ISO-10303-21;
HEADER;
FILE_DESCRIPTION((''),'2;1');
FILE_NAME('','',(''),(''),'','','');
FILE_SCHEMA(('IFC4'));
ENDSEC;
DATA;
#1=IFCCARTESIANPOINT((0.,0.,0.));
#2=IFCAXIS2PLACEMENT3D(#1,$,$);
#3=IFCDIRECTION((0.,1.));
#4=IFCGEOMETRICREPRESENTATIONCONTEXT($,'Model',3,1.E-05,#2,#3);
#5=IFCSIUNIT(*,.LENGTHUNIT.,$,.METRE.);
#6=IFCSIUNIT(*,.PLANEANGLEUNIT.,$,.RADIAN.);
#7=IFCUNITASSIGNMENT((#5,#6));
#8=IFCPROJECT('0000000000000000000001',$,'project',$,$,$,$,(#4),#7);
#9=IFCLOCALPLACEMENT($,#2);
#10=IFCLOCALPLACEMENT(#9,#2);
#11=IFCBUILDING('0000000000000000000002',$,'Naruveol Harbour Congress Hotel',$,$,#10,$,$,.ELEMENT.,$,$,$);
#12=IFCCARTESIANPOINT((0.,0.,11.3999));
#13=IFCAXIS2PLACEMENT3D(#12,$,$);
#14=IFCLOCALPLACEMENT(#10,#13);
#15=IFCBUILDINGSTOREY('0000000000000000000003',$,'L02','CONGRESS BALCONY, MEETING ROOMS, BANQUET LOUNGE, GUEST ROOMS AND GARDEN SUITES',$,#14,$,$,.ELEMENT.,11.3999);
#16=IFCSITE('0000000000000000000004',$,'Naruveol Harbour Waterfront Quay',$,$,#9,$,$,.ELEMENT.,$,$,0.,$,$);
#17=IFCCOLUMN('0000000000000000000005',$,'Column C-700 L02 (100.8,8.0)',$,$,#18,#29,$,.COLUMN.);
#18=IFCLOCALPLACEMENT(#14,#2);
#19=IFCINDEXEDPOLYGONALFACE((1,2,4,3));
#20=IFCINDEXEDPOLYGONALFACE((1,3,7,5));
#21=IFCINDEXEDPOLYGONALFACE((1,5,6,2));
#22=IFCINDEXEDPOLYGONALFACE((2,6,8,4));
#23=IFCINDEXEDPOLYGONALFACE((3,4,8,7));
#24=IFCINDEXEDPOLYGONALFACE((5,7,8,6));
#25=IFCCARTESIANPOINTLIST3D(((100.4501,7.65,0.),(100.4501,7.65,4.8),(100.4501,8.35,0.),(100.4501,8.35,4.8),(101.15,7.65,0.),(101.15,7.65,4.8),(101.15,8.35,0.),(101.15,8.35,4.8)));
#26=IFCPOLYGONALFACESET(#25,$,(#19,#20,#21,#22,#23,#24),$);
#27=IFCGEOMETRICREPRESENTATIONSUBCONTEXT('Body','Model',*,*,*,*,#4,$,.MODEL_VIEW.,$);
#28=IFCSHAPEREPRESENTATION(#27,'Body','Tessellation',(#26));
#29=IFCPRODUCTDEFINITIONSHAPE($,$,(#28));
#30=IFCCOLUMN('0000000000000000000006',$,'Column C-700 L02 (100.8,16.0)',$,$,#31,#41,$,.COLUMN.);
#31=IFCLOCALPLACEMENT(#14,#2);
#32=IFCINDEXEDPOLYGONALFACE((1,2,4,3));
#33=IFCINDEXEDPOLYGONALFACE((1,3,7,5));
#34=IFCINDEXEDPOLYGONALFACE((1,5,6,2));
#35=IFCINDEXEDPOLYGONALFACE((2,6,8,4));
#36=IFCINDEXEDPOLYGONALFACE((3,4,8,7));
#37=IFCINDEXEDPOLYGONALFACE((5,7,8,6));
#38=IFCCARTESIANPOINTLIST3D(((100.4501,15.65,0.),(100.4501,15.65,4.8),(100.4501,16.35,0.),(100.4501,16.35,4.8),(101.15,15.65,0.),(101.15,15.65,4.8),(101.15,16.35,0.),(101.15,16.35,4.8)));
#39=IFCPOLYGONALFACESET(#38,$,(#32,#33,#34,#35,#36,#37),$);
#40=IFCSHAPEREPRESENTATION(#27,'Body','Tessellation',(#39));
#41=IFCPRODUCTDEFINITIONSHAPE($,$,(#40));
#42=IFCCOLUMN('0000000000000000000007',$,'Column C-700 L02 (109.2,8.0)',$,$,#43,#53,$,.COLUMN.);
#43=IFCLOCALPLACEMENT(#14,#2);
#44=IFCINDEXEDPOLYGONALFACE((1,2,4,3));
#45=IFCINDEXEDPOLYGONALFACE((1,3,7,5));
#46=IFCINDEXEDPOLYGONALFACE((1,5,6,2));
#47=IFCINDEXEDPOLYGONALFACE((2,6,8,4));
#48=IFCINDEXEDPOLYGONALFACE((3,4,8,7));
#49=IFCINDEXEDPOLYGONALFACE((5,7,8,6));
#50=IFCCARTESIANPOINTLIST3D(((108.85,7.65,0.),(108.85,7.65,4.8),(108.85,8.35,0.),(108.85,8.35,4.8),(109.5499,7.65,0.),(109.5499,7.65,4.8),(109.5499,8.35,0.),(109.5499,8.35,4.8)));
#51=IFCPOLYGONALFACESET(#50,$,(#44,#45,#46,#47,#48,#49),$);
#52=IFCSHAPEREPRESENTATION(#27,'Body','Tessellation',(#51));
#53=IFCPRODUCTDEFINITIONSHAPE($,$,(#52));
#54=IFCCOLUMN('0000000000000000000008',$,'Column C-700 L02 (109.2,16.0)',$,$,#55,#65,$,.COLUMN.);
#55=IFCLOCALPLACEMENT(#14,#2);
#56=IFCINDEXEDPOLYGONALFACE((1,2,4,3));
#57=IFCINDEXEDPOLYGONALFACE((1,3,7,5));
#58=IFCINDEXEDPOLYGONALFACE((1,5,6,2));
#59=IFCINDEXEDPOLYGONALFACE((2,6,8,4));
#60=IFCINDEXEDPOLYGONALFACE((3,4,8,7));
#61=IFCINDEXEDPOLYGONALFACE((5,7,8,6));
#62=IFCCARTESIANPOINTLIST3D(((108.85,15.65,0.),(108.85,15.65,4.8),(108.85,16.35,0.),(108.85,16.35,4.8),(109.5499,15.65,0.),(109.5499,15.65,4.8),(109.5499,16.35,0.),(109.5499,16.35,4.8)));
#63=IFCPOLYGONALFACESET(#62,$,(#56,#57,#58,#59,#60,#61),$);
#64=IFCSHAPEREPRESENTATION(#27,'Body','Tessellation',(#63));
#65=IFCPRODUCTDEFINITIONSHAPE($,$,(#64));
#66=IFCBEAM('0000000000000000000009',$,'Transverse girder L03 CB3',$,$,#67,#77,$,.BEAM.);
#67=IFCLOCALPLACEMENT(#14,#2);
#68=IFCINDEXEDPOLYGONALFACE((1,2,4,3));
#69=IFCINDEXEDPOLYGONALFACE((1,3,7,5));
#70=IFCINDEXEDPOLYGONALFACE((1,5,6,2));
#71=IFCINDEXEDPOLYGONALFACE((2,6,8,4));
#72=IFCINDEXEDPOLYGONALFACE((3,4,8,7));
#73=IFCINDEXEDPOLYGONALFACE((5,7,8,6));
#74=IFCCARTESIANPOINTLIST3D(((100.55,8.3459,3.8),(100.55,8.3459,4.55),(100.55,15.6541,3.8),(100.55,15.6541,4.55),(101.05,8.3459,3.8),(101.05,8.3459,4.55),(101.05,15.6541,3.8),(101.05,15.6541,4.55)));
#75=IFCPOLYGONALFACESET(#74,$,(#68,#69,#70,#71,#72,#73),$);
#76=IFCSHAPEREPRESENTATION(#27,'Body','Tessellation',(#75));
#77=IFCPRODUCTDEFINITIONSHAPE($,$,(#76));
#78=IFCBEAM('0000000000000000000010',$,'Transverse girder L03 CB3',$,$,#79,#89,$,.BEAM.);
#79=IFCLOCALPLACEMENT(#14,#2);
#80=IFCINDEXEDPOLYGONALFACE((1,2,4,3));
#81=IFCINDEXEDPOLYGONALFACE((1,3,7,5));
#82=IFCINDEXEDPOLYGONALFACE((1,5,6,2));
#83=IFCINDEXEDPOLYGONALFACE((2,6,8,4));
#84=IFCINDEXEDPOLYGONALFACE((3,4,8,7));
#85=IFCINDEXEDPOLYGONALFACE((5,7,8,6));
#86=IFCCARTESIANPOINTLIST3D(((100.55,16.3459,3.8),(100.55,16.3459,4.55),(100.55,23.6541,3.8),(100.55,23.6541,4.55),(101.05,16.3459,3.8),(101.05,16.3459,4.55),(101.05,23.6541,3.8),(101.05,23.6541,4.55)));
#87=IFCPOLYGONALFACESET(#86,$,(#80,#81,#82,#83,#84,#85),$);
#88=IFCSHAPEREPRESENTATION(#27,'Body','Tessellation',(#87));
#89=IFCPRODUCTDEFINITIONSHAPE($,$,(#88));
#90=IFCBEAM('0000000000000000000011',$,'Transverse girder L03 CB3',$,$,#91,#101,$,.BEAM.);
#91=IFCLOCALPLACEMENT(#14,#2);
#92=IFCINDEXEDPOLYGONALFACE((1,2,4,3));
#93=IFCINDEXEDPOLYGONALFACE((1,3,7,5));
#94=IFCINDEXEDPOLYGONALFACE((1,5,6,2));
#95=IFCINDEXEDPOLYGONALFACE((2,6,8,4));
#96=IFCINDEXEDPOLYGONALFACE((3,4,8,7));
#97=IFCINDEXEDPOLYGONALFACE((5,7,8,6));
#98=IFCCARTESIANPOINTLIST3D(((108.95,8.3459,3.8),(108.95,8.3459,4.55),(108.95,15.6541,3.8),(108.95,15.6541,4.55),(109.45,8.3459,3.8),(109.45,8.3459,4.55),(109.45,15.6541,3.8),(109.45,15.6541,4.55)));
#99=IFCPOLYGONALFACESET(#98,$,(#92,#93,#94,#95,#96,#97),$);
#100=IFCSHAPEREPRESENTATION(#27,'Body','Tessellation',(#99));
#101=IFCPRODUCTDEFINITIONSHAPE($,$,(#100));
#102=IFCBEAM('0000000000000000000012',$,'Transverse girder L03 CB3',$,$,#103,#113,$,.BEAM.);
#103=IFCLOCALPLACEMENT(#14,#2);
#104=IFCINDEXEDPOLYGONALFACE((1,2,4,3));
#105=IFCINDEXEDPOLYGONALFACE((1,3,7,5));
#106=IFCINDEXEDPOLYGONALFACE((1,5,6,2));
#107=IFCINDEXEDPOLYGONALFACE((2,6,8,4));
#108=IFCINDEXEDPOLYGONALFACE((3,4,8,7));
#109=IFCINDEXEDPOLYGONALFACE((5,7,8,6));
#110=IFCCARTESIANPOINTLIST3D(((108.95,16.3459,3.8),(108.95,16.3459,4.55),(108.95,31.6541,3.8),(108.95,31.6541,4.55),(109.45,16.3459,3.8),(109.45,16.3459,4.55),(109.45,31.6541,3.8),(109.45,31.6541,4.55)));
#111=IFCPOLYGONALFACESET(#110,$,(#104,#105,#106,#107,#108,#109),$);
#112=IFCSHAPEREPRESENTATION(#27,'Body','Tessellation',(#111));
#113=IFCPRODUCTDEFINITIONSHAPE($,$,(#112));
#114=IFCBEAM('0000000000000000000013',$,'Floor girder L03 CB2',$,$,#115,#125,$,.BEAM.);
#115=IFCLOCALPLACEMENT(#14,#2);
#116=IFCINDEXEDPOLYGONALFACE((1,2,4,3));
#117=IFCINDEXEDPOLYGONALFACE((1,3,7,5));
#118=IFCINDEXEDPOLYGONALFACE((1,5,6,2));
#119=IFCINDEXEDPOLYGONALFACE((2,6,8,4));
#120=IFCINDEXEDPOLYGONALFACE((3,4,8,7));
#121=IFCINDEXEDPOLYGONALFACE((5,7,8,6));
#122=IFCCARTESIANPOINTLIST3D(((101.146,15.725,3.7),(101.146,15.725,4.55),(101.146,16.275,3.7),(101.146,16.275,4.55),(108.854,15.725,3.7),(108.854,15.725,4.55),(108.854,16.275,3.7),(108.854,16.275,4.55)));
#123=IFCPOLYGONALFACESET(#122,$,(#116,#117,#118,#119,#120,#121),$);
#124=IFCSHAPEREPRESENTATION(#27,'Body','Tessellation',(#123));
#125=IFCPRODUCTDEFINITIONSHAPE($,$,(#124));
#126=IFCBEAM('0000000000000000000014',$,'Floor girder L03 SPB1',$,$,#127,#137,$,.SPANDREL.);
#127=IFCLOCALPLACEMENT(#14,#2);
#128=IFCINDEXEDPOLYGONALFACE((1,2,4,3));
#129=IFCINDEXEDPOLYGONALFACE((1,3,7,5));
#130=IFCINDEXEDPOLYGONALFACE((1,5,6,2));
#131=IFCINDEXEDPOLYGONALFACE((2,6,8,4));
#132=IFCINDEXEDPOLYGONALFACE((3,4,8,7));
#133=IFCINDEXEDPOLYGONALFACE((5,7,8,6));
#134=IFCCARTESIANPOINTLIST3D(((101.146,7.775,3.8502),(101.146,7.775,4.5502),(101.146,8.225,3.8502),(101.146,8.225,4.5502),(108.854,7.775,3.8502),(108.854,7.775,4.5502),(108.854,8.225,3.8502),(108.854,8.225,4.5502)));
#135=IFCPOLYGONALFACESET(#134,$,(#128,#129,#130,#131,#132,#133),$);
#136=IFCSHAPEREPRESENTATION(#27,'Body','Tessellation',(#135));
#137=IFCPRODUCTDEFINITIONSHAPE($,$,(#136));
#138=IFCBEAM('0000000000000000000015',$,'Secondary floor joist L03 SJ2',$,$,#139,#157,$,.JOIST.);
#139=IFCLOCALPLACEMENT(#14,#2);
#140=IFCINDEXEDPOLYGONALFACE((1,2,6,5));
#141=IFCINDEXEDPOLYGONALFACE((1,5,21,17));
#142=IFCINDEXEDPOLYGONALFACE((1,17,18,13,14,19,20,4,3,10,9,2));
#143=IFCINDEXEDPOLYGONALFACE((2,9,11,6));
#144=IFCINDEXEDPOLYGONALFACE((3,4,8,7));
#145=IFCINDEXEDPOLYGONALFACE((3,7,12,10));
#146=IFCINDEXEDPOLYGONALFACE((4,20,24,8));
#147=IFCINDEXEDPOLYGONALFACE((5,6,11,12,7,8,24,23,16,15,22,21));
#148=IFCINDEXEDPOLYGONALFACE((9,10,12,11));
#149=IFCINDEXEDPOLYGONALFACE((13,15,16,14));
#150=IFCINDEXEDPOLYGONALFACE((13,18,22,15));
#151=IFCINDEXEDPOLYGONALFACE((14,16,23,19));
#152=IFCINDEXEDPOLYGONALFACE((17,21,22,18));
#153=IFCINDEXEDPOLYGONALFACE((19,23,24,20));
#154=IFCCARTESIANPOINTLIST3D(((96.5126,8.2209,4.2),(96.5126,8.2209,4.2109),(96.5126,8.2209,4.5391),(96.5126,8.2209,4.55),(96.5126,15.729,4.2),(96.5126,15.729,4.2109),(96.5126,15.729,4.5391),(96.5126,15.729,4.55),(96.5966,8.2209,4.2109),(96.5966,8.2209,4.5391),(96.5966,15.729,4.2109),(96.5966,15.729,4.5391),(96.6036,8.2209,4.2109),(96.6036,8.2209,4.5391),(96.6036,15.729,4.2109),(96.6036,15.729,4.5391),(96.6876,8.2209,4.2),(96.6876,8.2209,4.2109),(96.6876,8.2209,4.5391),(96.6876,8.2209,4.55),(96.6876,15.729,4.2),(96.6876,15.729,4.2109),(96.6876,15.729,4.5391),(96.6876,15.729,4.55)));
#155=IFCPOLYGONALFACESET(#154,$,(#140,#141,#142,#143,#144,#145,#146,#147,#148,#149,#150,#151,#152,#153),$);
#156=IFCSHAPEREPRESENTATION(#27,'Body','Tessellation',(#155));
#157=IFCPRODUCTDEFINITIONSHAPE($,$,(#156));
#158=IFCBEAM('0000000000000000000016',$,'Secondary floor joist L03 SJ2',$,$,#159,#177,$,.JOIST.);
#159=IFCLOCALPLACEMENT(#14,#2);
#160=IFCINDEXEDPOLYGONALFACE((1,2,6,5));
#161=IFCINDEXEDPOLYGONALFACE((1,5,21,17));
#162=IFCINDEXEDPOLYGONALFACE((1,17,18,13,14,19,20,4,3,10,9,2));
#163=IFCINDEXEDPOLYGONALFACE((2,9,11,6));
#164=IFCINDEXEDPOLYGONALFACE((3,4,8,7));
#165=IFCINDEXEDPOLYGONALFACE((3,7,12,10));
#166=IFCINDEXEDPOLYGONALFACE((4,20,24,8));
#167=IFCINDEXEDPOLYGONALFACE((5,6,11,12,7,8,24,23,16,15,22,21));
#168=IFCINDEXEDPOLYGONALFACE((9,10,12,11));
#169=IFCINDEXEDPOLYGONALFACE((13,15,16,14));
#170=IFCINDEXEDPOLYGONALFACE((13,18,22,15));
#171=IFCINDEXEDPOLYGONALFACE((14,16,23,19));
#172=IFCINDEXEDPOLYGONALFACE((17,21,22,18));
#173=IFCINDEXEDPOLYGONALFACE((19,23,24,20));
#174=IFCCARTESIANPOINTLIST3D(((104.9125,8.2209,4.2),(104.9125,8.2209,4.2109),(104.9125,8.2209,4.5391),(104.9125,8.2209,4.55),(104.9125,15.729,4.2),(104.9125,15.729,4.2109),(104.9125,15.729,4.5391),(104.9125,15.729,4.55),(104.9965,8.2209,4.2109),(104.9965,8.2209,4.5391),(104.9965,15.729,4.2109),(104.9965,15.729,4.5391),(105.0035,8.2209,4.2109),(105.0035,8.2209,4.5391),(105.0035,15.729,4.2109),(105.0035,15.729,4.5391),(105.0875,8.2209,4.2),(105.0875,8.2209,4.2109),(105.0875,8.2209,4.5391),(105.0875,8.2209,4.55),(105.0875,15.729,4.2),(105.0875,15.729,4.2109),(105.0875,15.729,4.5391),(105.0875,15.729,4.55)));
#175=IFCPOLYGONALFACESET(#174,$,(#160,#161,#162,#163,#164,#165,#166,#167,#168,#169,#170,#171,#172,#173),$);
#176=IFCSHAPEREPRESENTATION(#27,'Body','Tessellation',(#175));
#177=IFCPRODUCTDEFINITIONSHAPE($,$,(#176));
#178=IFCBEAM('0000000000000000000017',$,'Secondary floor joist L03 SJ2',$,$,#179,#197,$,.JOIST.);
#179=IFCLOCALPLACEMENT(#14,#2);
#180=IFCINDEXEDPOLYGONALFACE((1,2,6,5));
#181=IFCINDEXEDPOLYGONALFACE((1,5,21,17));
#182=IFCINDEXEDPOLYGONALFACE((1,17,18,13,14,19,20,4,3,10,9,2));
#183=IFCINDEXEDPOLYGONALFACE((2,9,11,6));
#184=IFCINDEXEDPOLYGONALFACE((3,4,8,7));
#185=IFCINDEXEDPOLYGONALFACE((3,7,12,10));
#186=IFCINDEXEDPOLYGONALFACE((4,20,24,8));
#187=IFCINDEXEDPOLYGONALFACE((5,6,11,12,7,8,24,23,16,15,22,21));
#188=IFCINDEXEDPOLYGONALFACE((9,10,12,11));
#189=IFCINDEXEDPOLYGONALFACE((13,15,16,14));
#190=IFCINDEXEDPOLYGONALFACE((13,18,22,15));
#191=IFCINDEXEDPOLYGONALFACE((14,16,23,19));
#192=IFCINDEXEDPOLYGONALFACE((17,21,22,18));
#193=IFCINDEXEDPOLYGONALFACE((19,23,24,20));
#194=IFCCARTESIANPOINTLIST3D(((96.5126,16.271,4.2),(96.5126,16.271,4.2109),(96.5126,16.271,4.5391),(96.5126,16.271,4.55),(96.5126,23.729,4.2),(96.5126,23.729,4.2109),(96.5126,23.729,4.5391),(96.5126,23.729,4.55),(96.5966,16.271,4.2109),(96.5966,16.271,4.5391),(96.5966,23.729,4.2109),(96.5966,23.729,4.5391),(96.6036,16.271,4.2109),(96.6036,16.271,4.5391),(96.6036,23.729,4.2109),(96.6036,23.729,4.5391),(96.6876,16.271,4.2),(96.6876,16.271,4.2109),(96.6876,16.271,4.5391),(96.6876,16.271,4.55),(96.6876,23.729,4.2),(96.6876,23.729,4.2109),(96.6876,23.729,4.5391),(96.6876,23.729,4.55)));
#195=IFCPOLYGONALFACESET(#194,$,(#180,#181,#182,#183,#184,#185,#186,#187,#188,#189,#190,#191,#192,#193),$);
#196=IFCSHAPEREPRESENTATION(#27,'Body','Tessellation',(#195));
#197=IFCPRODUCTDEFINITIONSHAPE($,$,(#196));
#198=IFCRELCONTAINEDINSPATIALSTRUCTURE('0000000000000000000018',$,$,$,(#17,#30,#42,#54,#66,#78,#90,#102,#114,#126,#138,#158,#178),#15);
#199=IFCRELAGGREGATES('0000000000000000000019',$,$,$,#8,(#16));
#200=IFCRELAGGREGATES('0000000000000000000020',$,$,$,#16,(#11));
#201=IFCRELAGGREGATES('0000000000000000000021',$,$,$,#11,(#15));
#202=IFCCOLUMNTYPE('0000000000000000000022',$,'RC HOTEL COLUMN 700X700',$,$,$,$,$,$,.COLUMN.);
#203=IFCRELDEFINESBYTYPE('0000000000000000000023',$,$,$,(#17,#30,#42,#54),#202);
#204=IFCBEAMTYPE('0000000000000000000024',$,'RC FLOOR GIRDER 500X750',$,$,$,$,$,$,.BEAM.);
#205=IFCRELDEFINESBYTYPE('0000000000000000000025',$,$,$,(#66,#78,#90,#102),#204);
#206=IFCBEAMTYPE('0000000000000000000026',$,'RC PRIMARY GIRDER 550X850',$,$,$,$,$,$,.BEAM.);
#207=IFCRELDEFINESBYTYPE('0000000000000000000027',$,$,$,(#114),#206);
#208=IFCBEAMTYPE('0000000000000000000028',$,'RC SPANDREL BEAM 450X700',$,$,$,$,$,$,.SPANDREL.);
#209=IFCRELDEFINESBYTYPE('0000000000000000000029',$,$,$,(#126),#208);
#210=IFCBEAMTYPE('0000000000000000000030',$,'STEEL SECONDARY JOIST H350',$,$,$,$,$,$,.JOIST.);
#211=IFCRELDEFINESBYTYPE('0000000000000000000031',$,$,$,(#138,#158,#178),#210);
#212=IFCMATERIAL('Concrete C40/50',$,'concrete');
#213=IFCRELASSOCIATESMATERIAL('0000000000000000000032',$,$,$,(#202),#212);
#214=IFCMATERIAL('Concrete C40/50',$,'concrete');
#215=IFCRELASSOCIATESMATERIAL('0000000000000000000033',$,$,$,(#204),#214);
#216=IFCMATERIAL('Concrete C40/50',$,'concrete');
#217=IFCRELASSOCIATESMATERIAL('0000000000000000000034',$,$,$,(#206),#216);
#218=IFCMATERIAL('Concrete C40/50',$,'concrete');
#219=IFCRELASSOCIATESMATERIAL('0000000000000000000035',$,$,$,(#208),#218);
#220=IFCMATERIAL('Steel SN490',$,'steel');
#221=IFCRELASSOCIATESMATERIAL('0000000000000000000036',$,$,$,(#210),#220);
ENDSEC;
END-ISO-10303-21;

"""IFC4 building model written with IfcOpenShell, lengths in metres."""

from ifc_helpers import new_model, si_unit, direction, frame, origin, origin_2d, place, context, subcontext, project, spatial, rectangle, i_section, extrude, material, material_profile, profile_set, type_object, element, save


model = new_model("IFC4")

# Units and contexts
model_context = context("Model", 3, precision=1e-05, world=origin(), true_north=direction((0.0, 1.0)))
body_context = subcontext(model_context, "Body", "Model", "MODEL_VIEW")
ifc_project = project(units=[si_unit("LENGTHUNIT", "METRE"), si_unit("PLANEANGLEUNIT", "RADIAN")], contexts=[model_context])

# Site, building, storey
site_placement = place(None, origin())
site = spatial("IfcSite", under=ifc_project, at=site_placement, Name="Naruveol Harbour Waterfront Quay", CompositionType="ELEMENT", RefElevation=0.0)
building_placement = place(site_placement, origin())
building = spatial("IfcBuilding", under=site, at=building_placement, Name="Naruveol Harbour Congress Hotel", CompositionType="ELEMENT")
storey_placement = place(building_placement, frame((0.0, 0.0, 11.3999)))
storey = spatial("IfcBuildingStorey", under=building, at=storey_placement, Name="L02", Description="CONGRESS BALCONY, MEETING ROOMS, BANQUET LOUNGE, GUEST ROOMS AND GARDEN SUITES", CompositionType="ELEMENT", Elevation=11.3999)

# Columns
ifc_material_1 = material(Name="Concrete C40/50", Category="concrete")
ifc_material_profile_1 = material_profile(ifc_material_1, rectangle(XDim=0.7, YDim=0.7, at=origin_2d()), Name="RC-700x700")
ifc_profile_set_1 = profile_set([ifc_material_profile_1], Name="Concrete C40/50")
column_type = type_object("IfcColumnType", Name="RC HOTEL COLUMN 700X700", PredefinedType="COLUMN", material=ifc_profile_set_1)
for number, where, z_axis, x_axis, name in (
    (1, (100.8, 8.0, 0.0), (0.0, 0.0, 1.0), (1.0, 0.0, 0.0), "Column C-700 L02 (100.8,8.0)"),
    (2, (100.8, 16.0, 0.0), (0.0, 0.0, 1.0), (1.0, 0.0, 0.0), "Column C-700 L02 (100.8,16.0)"),
    (3, (109.2, 8.0, 0.0), (0.0, 0.0, 1.0), (1.0, 0.0, 0.0), "Column C-700 L02 (109.2,8.0)"),
    (4, (109.2, 16.0, 0.0), (0.0, 0.0, 1.0), (1.0, 0.0, 0.0), "Column C-700 L02 (109.2,16.0)"),
):
    element("IfcColumn", number, at=place(storey_placement, frame(where, z_axis=z_axis, x_axis=x_axis)), inside=storey, type_object=column_type, Name=name, PredefinedType="COLUMN", context=body_context, shape_type="SweptSolid", body=[
        extrude(rectangle(XDim=0.7, YDim=0.7, at=origin_2d()), origin(), (0.0, 0.0, 1.0), 4.8),
    ])

# Beams
ifc_material_2 = material(Name="Concrete C40/50", Category="concrete")
ifc_material_profile_2 = material_profile(ifc_material_2, rectangle(XDim=0.5, YDim=0.75, at=origin_2d()), Name="RCB-500x750")
ifc_profile_set_2 = profile_set([ifc_material_profile_2], Name="Concrete C40/50")
beam_type_1 = type_object("IfcBeamType", Name="RC FLOOR GIRDER 500X750", PredefinedType="BEAM", material=ifc_profile_set_2)
for number, where, z_axis, x_axis, name in (
    (5, (100.8, 8.3459, 4.175), (0.0, 1.0, 0.0), (-1.0, 0.0, 0.0), "Transverse girder L03 CB3"),
    (6, (100.8, 16.3459, 4.175), (0.0, 1.0, 0.0), (-1.0, 0.0, 0.0), "Transverse girder L03 CB3"),
    (7, (109.2, 8.3459, 4.175), (0.0, 1.0, 0.0), (-1.0, 0.0, 0.0), "Transverse girder L03 CB3"),
):
    element("IfcBeam", number, at=place(storey_placement, frame(where, z_axis=z_axis, x_axis=x_axis)), inside=storey, type_object=beam_type_1, Name=name, PredefinedType="BEAM", context=body_context, shape_type="SweptSolid", body=[
        extrude(rectangle(XDim=0.5, YDim=0.75, at=origin_2d()), origin(), (0.0, 0.0, 1.0), 7.3081),
    ])
beam_1_placement = place(storey_placement, frame((109.2, 16.3459, 4.175), z_axis=(0.0, 1.0, 0.0), x_axis=(-1.0, 0.0, 0.0)))
element("IfcBeam", 8, at=beam_1_placement, inside=storey, type_object=beam_type_1, Name="Transverse girder L03 CB3", PredefinedType="BEAM", context=body_context, shape_type="SweptSolid", body=[
    extrude(rectangle(XDim=0.5, YDim=0.75, at=origin_2d()), origin(), (0.0, 0.0, 1.0), 15.3081),
])
ifc_material_3 = material(Name="Concrete C40/50", Category="concrete")
ifc_material_profile_3 = material_profile(ifc_material_3, rectangle(XDim=0.55, YDim=0.8501, at=origin_2d()), Name="RCB-550x850")
ifc_profile_set_3 = profile_set([ifc_material_profile_3], Name="Concrete C40/50")
beam_type_2 = type_object("IfcBeamType", Name="RC PRIMARY GIRDER 550X850", PredefinedType="BEAM", material=ifc_profile_set_3)
beam_2_placement = place(storey_placement, frame((101.146, 16.0, 4.125), z_axis=(1.0, 0.0, 0.0), x_axis=(0.0, 1.0, 0.0)))
element("IfcBeam", 9, at=beam_2_placement, inside=storey, type_object=beam_type_2, Name="Floor girder L03 CB2", PredefinedType="BEAM", context=body_context, shape_type="SweptSolid", body=[
    extrude(rectangle(XDim=0.55, YDim=0.8501, at=origin_2d()), origin(), (0.0, 0.0, 1.0), 7.708),
])
ifc_material_4 = material(Name="Concrete C40/50", Category="concrete")
ifc_material_profile_4 = material_profile(ifc_material_4, rectangle(XDim=0.45, YDim=0.7, at=origin_2d()), Name="RCB-450x700")
ifc_profile_set_4 = profile_set([ifc_material_profile_4], Name="Concrete C40/50")
beam_type_3 = type_object("IfcBeamType", Name="RC SPANDREL BEAM 450X700", PredefinedType="SPANDREL", material=ifc_profile_set_4)
beam_3_placement = place(storey_placement, frame((101.146, 8.0, 4.2002), z_axis=(1.0, 0.0, 0.0), x_axis=(0.0, 1.0, 0.0)))
element("IfcBeam", 10, at=beam_3_placement, inside=storey, type_object=beam_type_3, Name="Floor girder L03 SPB1", PredefinedType="SPANDREL", context=body_context, shape_type="SweptSolid", body=[
    extrude(rectangle(XDim=0.45, YDim=0.7, at=origin_2d()), origin(), (0.0, 0.0, 1.0), 7.708),
])
ifc_material_5 = material(Name="Steel SN490", Category="steel")
ifc_material_profile_5 = material_profile(ifc_material_5, i_section(OverallWidth=0.175, OverallDepth=0.3501, WebThickness=0.0071, FlangeThickness=0.011, at=origin_2d()), Name="H-350x175x7x11")
ifc_profile_set_5 = profile_set([ifc_material_profile_5], Name="Steel SN490")
beam_type_4 = type_object("IfcBeamType", Name="STEEL SECONDARY JOIST H350", PredefinedType="JOIST", material=ifc_profile_set_5)
for number, where, z_axis, x_axis, name in (
    (11, (96.6001, 8.2209, 4.375), (0.0, 1.0, 0.0), (-1.0, 0.0, 0.0), "Secondary floor joist L03 SJ2"),
    (12, (105.0, 8.2209, 4.375), (0.0, 1.0, 0.0), (-1.0, 0.0, 0.0), "Secondary floor joist L03 SJ2"),
):
    element("IfcBeam", number, at=place(storey_placement, frame(where, z_axis=z_axis, x_axis=x_axis)), inside=storey, type_object=beam_type_4, Name=name, PredefinedType="JOIST", context=body_context, shape_type="SweptSolid", body=[
        extrude(i_section(OverallWidth=0.175, OverallDepth=0.3501, WebThickness=0.0071, FlangeThickness=0.011, at=origin_2d()), origin(), (0.0, 0.0, 1.0), 7.5081),
    ])
beam_4_placement = place(storey_placement, frame((96.6001, 16.271, 4.375), z_axis=(0.0, 1.0, 0.0), x_axis=(-1.0, 0.0, 0.0)))
element("IfcBeam", 13, at=beam_4_placement, inside=storey, type_object=beam_type_4, Name="Secondary floor joist L03 SJ2", PredefinedType="JOIST", context=body_context, shape_type="SweptSolid", body=[
    extrude(i_section(OverallWidth=0.175, OverallDepth=0.3501, WebThickness=0.0071, FlangeThickness=0.011, at=origin_2d()), origin(), (0.0, 0.0, 1.0), 7.458),
])

save(model, "model.ifc")
